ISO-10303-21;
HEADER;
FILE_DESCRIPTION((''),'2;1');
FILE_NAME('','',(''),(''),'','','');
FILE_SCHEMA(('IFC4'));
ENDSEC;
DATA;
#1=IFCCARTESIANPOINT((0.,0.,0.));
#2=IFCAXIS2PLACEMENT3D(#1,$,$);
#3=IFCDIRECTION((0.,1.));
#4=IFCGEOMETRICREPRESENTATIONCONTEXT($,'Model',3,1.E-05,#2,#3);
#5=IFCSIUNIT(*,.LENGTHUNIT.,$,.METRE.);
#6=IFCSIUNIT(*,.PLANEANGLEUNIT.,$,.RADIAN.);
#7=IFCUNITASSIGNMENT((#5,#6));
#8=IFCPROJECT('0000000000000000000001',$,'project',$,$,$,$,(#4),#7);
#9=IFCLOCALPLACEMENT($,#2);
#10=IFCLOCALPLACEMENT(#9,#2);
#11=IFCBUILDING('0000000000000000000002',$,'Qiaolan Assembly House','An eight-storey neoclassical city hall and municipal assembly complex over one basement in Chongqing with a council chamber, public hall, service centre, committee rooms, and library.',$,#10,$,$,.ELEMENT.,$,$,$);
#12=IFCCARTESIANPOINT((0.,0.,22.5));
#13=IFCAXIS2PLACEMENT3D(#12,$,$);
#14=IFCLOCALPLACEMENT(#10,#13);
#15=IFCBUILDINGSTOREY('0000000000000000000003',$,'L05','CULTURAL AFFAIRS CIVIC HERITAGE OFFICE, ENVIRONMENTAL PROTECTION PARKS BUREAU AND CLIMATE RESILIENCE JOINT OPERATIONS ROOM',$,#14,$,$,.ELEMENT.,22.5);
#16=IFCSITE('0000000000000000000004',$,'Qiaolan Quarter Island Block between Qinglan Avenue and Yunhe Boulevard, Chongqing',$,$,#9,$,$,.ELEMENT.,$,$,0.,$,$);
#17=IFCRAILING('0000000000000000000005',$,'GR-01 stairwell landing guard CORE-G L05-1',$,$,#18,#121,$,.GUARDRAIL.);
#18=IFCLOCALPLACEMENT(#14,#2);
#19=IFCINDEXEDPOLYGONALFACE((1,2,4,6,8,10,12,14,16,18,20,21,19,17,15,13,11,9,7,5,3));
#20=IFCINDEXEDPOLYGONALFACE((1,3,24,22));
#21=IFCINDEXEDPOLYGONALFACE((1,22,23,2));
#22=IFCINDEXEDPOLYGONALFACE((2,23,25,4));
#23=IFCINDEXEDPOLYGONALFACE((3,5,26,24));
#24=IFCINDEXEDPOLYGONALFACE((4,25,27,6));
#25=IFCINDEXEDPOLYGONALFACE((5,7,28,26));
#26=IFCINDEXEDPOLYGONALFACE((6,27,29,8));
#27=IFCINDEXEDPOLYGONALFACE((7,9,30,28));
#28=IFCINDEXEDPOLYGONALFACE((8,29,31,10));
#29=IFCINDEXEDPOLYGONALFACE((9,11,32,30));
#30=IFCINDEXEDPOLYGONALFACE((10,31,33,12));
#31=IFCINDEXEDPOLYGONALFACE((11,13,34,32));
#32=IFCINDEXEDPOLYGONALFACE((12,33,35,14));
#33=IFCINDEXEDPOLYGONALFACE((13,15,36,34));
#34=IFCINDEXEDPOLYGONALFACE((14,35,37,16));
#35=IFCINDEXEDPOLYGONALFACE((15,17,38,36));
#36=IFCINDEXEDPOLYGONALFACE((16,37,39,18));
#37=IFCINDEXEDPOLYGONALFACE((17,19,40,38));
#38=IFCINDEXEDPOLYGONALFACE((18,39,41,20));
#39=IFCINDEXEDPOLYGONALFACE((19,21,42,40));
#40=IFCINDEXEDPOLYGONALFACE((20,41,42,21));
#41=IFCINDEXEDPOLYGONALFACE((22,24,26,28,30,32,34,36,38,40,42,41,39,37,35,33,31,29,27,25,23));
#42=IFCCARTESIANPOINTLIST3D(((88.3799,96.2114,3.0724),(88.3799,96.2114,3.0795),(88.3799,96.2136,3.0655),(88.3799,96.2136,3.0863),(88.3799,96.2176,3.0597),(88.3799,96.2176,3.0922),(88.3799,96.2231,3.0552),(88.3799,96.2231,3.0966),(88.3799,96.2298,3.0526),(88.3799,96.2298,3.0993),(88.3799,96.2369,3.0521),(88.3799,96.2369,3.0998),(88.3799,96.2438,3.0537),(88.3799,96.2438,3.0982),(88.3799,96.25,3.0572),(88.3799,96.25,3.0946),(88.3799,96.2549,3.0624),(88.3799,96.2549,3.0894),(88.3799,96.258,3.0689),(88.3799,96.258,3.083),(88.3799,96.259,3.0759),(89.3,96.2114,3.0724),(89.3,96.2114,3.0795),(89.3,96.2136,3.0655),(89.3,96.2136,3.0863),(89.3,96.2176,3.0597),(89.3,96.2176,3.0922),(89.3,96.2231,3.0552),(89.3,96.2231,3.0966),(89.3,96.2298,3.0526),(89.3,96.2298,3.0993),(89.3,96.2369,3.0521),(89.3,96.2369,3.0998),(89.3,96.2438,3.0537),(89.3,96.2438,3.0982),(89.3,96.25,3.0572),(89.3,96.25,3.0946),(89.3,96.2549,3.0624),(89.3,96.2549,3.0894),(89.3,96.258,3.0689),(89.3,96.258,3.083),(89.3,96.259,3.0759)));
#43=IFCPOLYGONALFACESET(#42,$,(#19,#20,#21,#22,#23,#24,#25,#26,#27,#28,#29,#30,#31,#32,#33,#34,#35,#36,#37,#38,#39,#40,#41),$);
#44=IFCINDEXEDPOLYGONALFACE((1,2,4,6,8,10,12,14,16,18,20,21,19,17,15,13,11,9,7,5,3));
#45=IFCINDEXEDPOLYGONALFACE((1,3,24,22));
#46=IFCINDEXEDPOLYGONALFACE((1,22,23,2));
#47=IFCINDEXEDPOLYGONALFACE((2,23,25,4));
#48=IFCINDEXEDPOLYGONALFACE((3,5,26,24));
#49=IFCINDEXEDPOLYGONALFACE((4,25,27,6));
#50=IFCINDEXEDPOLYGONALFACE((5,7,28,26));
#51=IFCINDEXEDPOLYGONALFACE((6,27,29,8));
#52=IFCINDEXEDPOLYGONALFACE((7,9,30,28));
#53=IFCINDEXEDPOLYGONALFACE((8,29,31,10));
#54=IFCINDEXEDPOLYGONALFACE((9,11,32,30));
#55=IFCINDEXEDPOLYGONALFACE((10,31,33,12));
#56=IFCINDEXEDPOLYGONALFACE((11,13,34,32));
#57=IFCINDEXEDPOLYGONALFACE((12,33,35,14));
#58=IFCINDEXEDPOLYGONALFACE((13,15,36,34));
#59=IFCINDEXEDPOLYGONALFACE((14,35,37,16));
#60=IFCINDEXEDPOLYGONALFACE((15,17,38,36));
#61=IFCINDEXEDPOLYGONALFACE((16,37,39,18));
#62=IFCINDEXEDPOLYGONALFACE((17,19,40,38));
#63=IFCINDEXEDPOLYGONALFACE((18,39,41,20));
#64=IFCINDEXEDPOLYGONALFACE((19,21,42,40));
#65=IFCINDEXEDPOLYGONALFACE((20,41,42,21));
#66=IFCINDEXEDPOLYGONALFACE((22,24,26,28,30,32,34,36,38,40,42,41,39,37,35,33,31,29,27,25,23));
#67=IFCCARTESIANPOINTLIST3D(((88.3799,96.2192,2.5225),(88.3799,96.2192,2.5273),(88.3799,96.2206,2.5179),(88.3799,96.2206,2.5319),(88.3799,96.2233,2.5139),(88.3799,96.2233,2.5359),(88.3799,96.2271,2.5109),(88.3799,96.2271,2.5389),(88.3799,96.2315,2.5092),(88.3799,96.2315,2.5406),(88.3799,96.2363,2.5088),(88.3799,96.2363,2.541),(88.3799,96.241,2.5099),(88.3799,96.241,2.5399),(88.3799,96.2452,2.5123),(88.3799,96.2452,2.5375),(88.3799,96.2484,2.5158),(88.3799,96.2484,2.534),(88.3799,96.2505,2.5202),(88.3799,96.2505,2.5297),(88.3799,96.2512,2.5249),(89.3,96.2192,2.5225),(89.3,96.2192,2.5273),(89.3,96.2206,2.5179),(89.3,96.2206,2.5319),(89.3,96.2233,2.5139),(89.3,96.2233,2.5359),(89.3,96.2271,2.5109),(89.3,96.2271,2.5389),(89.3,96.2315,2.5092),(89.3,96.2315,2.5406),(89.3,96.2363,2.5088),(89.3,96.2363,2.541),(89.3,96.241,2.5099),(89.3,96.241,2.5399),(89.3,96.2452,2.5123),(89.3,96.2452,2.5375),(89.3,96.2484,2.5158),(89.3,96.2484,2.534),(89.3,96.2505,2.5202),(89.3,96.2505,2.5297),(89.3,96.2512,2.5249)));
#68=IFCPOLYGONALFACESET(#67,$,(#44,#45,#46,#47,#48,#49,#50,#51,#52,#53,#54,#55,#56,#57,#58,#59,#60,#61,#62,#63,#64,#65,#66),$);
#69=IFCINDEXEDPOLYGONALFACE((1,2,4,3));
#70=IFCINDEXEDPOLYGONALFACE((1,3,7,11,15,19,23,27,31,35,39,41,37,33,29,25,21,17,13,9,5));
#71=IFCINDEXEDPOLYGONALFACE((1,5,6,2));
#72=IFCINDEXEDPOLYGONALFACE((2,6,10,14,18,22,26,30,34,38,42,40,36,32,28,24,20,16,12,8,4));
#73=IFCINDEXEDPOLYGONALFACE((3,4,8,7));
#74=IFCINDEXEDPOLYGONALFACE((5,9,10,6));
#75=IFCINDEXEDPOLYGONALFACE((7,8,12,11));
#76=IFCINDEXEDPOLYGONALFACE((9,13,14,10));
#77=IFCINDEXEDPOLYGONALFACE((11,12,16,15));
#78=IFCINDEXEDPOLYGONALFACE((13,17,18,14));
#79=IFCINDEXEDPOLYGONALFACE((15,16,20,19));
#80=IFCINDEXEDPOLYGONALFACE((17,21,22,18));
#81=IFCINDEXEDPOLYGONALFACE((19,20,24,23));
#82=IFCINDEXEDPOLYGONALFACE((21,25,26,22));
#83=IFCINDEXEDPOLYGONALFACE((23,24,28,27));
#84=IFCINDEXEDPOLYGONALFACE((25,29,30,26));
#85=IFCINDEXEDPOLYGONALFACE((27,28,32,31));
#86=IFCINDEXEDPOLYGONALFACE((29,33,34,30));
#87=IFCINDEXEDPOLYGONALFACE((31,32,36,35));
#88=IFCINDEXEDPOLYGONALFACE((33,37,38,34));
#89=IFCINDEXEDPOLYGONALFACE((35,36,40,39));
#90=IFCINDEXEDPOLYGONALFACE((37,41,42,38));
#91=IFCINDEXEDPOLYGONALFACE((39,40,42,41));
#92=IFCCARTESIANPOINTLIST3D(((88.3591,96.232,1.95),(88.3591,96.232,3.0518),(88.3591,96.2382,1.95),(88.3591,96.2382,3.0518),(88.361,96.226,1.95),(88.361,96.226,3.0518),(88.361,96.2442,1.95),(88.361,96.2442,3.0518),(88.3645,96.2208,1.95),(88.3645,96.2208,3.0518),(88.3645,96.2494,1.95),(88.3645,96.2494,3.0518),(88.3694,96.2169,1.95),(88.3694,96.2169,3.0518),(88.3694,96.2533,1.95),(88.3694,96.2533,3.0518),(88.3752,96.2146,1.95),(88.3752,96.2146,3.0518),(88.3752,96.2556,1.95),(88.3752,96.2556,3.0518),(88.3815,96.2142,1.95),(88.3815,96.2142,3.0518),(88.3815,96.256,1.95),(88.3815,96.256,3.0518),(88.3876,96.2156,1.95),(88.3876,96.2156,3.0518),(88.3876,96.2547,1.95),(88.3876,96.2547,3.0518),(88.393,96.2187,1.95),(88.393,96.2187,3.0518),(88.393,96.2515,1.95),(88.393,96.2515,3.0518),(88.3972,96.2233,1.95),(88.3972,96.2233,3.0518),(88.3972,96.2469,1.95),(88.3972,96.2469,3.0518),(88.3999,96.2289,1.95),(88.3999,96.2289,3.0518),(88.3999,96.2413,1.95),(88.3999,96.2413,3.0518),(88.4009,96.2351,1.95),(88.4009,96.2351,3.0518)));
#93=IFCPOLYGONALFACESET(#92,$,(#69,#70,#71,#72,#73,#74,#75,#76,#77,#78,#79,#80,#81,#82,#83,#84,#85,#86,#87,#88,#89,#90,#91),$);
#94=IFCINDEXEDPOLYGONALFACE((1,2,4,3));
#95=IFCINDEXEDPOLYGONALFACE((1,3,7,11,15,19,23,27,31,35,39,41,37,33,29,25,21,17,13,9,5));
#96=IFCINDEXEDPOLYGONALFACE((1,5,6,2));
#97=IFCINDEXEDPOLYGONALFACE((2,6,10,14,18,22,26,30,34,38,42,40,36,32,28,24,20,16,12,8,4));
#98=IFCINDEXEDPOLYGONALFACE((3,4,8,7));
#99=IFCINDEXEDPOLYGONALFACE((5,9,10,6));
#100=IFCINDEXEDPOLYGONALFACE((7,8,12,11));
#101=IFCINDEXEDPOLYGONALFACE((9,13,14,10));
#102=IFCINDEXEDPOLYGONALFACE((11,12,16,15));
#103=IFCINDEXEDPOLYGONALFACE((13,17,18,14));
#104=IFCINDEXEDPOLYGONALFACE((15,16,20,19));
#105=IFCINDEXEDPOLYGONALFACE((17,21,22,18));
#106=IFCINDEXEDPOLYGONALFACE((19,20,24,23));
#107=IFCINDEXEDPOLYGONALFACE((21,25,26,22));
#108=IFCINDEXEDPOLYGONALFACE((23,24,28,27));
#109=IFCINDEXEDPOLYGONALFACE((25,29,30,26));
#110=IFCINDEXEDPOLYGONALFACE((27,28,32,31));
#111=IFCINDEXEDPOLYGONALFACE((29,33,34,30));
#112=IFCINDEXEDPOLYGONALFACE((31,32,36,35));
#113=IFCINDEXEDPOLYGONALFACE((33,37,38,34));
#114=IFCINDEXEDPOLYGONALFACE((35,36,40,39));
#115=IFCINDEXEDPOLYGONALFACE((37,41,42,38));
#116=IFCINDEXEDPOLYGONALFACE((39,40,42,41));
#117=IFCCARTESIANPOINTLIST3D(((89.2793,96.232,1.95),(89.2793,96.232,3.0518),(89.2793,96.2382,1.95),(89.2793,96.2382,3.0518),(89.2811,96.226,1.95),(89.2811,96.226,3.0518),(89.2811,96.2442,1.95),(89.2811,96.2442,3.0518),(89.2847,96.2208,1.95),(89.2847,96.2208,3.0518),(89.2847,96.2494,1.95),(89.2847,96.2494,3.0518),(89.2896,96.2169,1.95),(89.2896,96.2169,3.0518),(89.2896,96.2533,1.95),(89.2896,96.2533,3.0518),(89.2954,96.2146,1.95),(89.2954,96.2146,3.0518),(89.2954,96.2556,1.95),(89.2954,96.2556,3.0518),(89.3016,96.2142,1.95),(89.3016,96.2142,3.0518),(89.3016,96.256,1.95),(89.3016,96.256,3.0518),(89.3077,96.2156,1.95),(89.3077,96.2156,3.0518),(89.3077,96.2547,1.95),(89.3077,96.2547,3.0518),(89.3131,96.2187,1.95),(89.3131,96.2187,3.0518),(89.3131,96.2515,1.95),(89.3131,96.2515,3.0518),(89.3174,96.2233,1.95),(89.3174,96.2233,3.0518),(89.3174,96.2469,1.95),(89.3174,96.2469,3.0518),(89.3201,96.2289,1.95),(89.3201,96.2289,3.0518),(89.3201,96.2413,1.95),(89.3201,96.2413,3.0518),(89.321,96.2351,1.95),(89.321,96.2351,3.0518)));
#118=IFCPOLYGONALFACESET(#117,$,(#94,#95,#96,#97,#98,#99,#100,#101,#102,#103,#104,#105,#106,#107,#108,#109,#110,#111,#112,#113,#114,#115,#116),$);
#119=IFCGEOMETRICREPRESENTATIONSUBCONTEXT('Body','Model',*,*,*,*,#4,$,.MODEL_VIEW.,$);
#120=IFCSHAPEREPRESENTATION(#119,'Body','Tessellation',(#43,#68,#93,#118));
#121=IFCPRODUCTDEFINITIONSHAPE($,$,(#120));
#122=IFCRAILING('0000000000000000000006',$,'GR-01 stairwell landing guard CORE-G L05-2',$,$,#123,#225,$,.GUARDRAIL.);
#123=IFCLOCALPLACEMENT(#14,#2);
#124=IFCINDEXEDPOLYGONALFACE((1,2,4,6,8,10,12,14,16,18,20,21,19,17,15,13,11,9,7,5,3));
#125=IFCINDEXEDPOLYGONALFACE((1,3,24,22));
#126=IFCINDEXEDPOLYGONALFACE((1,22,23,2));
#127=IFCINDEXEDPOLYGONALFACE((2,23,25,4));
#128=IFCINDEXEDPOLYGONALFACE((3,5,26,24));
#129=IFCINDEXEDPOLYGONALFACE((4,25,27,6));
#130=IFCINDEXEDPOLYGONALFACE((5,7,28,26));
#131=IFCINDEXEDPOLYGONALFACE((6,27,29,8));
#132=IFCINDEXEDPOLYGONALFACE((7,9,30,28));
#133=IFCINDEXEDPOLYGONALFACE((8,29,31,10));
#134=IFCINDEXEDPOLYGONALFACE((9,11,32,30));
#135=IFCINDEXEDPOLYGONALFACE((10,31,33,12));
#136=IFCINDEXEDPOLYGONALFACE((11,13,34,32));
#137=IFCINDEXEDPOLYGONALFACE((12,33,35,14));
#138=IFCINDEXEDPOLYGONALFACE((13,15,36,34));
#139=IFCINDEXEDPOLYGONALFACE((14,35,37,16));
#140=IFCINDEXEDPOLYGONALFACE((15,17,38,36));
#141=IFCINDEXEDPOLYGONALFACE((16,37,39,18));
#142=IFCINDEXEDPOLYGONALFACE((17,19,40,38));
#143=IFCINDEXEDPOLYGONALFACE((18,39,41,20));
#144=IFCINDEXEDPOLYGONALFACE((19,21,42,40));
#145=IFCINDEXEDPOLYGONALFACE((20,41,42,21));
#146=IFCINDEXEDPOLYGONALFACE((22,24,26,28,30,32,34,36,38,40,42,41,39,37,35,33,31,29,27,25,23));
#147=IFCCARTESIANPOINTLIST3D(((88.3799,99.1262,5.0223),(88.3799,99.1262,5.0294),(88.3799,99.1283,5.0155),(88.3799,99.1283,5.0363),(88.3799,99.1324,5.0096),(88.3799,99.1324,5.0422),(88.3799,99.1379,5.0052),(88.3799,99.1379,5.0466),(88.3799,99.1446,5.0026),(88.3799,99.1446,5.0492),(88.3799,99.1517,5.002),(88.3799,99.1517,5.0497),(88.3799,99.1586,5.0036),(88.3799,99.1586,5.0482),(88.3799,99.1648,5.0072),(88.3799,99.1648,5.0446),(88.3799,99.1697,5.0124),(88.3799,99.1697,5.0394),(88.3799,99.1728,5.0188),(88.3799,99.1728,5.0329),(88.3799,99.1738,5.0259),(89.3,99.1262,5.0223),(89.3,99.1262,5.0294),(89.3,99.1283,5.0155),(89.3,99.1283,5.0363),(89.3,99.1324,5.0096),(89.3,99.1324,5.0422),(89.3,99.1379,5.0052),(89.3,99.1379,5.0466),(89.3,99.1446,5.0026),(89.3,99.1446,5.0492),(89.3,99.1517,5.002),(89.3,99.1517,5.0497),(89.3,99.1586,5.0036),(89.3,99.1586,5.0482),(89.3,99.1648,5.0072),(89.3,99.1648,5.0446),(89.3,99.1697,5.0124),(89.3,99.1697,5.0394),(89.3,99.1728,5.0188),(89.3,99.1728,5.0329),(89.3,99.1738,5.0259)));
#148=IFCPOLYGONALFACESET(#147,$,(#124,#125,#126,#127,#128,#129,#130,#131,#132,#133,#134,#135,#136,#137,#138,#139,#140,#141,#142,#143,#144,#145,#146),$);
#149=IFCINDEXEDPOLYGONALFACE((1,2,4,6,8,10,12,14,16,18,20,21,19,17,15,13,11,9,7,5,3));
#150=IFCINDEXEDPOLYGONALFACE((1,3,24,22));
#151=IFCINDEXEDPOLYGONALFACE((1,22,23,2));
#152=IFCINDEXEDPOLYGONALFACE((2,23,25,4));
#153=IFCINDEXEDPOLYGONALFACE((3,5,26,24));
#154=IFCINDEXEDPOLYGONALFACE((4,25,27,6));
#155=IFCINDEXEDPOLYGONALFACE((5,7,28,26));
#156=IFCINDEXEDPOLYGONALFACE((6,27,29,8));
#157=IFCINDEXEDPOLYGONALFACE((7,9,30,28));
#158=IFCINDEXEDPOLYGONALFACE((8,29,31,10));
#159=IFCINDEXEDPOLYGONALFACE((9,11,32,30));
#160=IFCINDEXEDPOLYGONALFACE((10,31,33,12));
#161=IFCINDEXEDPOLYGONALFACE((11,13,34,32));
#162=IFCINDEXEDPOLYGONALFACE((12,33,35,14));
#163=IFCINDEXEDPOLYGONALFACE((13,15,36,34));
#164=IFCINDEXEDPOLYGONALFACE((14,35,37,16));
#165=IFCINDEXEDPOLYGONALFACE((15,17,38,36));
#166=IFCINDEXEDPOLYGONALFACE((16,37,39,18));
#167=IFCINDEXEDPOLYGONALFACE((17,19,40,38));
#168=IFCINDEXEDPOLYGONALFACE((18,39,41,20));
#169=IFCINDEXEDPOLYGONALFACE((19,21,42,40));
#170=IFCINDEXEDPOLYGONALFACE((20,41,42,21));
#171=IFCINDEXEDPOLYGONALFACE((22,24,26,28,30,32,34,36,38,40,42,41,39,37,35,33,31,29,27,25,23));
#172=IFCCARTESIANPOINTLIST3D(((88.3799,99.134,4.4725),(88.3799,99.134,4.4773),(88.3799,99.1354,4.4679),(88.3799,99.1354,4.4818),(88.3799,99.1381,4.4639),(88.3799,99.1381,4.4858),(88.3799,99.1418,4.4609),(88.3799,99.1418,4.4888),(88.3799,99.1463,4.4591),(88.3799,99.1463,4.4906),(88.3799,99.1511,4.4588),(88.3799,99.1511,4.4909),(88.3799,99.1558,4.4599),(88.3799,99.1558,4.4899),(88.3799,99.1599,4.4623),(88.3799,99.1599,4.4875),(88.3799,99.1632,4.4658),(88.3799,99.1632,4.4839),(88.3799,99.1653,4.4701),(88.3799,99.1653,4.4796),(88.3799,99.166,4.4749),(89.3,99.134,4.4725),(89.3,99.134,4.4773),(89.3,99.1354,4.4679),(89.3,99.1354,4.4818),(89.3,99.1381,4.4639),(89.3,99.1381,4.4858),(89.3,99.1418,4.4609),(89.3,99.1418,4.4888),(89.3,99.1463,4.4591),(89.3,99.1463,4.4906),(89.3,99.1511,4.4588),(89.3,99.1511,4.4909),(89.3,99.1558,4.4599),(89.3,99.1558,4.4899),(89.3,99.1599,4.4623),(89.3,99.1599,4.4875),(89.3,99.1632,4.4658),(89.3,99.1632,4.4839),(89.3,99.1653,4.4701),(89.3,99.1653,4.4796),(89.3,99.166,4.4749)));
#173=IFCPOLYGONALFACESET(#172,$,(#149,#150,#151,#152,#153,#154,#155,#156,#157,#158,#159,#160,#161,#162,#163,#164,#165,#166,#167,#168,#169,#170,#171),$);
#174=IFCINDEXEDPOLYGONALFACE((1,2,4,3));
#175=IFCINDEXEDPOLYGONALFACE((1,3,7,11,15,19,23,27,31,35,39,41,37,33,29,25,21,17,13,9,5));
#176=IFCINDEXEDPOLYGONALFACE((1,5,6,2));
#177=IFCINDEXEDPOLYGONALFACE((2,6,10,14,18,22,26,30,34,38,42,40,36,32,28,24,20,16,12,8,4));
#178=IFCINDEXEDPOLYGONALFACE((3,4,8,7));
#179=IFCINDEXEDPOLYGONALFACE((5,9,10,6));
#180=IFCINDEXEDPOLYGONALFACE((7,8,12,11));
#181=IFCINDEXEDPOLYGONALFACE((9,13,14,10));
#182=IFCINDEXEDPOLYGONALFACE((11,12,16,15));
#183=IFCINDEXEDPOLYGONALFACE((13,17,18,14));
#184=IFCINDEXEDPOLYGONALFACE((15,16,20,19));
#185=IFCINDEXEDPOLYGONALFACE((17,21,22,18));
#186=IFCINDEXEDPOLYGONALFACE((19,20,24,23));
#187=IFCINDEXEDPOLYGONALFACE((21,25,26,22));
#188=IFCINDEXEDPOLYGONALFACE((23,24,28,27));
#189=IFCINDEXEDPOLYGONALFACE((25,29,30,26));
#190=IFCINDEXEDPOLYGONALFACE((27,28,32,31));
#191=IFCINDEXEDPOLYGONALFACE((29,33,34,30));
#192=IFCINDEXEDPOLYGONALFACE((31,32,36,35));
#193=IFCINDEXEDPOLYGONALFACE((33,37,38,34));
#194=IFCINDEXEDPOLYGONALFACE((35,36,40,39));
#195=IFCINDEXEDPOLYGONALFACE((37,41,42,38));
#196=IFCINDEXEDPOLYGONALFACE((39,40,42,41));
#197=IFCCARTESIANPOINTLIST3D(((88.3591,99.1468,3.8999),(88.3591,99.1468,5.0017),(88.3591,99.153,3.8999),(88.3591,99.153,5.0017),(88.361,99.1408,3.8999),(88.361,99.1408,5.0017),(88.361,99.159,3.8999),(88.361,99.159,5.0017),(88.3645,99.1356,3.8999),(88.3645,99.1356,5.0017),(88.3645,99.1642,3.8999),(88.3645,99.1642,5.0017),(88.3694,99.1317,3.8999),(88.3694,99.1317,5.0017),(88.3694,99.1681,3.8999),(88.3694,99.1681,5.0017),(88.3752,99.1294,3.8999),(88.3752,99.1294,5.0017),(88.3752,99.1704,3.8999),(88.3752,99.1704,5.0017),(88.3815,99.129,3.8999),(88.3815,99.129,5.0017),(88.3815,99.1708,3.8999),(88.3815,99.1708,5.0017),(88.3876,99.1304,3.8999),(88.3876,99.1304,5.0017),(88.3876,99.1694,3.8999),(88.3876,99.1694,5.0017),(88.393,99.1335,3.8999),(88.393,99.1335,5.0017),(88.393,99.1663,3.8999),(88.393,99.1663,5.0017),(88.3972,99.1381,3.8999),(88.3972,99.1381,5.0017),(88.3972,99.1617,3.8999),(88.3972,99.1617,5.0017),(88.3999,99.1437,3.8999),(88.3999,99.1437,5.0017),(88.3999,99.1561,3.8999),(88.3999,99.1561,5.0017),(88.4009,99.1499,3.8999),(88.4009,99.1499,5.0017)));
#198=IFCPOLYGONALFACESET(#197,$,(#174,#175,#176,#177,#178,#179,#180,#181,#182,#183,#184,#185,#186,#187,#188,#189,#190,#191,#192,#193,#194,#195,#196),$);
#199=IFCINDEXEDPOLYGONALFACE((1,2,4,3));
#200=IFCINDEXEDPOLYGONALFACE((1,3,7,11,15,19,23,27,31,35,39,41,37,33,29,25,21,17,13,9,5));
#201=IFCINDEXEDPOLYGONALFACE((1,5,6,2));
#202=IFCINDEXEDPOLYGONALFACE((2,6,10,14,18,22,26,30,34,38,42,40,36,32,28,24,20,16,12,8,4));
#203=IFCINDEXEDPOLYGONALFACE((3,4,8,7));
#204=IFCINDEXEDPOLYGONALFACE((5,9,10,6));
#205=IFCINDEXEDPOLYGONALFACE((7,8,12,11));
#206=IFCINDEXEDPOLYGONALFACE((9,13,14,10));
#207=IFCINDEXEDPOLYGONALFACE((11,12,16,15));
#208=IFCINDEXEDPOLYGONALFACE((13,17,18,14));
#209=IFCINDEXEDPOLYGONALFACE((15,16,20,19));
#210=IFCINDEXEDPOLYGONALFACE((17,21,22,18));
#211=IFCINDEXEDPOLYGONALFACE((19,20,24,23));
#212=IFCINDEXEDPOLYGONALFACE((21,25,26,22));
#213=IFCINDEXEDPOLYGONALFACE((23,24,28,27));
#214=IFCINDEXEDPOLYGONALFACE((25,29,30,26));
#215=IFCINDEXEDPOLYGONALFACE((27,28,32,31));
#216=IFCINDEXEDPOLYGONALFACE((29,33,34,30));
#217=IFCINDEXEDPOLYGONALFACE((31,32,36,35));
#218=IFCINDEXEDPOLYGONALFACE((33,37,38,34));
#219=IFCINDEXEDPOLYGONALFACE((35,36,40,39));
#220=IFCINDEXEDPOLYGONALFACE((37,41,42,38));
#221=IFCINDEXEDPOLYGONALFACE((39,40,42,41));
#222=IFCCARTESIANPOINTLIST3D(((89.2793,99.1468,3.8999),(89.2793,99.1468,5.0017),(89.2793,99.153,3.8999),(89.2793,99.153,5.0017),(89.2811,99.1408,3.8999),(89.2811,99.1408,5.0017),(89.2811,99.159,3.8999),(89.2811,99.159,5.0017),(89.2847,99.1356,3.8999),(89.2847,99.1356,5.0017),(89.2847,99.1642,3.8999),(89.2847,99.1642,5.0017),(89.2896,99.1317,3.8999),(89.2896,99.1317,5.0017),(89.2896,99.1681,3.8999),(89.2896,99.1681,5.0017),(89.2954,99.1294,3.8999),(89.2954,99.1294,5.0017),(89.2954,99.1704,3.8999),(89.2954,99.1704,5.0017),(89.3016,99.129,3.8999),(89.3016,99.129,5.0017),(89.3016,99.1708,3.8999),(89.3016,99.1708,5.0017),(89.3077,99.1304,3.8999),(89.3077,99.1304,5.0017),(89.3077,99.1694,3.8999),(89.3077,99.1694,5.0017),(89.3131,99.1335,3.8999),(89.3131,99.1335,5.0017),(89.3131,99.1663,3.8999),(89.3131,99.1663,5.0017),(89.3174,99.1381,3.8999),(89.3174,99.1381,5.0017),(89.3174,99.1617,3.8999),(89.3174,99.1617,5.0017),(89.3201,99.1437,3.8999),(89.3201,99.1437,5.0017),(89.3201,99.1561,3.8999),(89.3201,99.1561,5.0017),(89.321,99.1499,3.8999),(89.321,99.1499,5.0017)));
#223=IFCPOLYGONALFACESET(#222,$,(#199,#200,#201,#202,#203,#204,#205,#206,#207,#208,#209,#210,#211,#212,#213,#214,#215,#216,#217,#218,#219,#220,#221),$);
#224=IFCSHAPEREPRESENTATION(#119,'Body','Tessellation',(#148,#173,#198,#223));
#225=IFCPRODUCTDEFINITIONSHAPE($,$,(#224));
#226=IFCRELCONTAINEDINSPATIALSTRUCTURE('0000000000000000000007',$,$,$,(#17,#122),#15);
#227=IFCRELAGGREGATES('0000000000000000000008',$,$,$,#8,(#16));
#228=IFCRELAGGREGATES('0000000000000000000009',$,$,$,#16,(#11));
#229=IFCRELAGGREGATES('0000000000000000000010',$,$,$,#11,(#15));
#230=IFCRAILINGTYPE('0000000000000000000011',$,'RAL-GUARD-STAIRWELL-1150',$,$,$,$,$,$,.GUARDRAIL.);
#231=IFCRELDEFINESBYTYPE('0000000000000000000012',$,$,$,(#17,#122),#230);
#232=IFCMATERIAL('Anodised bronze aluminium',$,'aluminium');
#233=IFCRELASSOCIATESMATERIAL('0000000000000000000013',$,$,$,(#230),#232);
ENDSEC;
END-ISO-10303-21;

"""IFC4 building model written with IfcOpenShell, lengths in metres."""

from ifc_helpers import new_model, si_unit, direction, frame, origin, origin_2d, place, context, subcontext, project, spatial, circle, extrude, material, type_object, element, save


model = new_model("IFC4")

# Units and contexts
model_context = context("Model", 3, precision=1e-05, world=origin(), true_north=direction((0.0, 1.0)))
body_context = subcontext(model_context, "Body", "Model", "MODEL_VIEW")
ifc_project = project(units=[si_unit("LENGTHUNIT", "METRE"), si_unit("PLANEANGLEUNIT", "RADIAN")], contexts=[model_context])

# Site, building, storey
site_placement = place(None, origin())
site = spatial("IfcSite", under=ifc_project, at=site_placement, Name="Qiaolan Quarter Island Block between Qinglan Avenue and Yunhe Boulevard, Chongqing", CompositionType="ELEMENT", RefElevation=0.0)
building_placement = place(site_placement, origin())
building = spatial("IfcBuilding", under=site, at=building_placement, Name="Qiaolan Assembly House", Description="An eight-storey neoclassical city hall and municipal assembly complex over one basement in Chongqing with a council chamber, public hall, service centre, committee rooms, and library.", CompositionType="ELEMENT")
storey_placement = place(building_placement, frame((0.0, 0.0, 22.5)))
storey = spatial("IfcBuildingStorey", under=building, at=storey_placement, Name="L05", Description="CULTURAL AFFAIRS CIVIC HERITAGE OFFICE, ENVIRONMENTAL PROTECTION PARKS BUREAU AND CLIMATE RESILIENCE JOINT OPERATIONS ROOM", CompositionType="ELEMENT", Elevation=22.5)

# Railings
ifc_material_1 = material(Name="Anodised bronze aluminium", Category="aluminium")
railing_type_1 = type_object("IfcRailingType", Name="RAL-GUARD-STAIRWELL-1150", PredefinedType="GUARDRAIL", material=ifc_material_1)
for number, where, name in (
    (1, (88.3799, 96.2351, 1.95), "GR-01 stairwell landing guard CORE-G L05-1"),
    (2, (88.3799, 99.1499, 3.8999), "GR-01 stairwell landing guard CORE-G L05-2"),
):
    element("IfcRailing", number, at=place(storey_placement, frame(where)), inside=storey, type_object=railing_type_1, Name=name, PredefinedType="GUARDRAIL", context=body_context, shape_type="SweptSolid", body=[
        extrude(circle(Radius=0.0239, at=origin_2d()), frame((0.0, 0.0, 1.126), z_axis=(1.0, 0.0, 0.0), x_axis=(0.0, 1.0, 0.0)), (0.0, 0.0, 1.0), 0.9202),
        extrude(circle(Radius=0.0161, at=origin_2d()), frame((0.0, 0.0, 0.575), z_axis=(1.0, 0.0, 0.0), x_axis=(0.0, 1.0, 0.0)), (0.0, 0.0, 1.0), 0.9202),
        extrude(circle(Radius=0.021, at=origin_2d()), origin(), (0.0, 0.0, 1.0), 1.1018),
        extrude(circle(Radius=0.021, at=origin_2d()), frame((0.9202, 0.0, 0.0)), (0.0, 0.0, 1.0), 1.1018),
    ])

save(model, "model.ifc")
